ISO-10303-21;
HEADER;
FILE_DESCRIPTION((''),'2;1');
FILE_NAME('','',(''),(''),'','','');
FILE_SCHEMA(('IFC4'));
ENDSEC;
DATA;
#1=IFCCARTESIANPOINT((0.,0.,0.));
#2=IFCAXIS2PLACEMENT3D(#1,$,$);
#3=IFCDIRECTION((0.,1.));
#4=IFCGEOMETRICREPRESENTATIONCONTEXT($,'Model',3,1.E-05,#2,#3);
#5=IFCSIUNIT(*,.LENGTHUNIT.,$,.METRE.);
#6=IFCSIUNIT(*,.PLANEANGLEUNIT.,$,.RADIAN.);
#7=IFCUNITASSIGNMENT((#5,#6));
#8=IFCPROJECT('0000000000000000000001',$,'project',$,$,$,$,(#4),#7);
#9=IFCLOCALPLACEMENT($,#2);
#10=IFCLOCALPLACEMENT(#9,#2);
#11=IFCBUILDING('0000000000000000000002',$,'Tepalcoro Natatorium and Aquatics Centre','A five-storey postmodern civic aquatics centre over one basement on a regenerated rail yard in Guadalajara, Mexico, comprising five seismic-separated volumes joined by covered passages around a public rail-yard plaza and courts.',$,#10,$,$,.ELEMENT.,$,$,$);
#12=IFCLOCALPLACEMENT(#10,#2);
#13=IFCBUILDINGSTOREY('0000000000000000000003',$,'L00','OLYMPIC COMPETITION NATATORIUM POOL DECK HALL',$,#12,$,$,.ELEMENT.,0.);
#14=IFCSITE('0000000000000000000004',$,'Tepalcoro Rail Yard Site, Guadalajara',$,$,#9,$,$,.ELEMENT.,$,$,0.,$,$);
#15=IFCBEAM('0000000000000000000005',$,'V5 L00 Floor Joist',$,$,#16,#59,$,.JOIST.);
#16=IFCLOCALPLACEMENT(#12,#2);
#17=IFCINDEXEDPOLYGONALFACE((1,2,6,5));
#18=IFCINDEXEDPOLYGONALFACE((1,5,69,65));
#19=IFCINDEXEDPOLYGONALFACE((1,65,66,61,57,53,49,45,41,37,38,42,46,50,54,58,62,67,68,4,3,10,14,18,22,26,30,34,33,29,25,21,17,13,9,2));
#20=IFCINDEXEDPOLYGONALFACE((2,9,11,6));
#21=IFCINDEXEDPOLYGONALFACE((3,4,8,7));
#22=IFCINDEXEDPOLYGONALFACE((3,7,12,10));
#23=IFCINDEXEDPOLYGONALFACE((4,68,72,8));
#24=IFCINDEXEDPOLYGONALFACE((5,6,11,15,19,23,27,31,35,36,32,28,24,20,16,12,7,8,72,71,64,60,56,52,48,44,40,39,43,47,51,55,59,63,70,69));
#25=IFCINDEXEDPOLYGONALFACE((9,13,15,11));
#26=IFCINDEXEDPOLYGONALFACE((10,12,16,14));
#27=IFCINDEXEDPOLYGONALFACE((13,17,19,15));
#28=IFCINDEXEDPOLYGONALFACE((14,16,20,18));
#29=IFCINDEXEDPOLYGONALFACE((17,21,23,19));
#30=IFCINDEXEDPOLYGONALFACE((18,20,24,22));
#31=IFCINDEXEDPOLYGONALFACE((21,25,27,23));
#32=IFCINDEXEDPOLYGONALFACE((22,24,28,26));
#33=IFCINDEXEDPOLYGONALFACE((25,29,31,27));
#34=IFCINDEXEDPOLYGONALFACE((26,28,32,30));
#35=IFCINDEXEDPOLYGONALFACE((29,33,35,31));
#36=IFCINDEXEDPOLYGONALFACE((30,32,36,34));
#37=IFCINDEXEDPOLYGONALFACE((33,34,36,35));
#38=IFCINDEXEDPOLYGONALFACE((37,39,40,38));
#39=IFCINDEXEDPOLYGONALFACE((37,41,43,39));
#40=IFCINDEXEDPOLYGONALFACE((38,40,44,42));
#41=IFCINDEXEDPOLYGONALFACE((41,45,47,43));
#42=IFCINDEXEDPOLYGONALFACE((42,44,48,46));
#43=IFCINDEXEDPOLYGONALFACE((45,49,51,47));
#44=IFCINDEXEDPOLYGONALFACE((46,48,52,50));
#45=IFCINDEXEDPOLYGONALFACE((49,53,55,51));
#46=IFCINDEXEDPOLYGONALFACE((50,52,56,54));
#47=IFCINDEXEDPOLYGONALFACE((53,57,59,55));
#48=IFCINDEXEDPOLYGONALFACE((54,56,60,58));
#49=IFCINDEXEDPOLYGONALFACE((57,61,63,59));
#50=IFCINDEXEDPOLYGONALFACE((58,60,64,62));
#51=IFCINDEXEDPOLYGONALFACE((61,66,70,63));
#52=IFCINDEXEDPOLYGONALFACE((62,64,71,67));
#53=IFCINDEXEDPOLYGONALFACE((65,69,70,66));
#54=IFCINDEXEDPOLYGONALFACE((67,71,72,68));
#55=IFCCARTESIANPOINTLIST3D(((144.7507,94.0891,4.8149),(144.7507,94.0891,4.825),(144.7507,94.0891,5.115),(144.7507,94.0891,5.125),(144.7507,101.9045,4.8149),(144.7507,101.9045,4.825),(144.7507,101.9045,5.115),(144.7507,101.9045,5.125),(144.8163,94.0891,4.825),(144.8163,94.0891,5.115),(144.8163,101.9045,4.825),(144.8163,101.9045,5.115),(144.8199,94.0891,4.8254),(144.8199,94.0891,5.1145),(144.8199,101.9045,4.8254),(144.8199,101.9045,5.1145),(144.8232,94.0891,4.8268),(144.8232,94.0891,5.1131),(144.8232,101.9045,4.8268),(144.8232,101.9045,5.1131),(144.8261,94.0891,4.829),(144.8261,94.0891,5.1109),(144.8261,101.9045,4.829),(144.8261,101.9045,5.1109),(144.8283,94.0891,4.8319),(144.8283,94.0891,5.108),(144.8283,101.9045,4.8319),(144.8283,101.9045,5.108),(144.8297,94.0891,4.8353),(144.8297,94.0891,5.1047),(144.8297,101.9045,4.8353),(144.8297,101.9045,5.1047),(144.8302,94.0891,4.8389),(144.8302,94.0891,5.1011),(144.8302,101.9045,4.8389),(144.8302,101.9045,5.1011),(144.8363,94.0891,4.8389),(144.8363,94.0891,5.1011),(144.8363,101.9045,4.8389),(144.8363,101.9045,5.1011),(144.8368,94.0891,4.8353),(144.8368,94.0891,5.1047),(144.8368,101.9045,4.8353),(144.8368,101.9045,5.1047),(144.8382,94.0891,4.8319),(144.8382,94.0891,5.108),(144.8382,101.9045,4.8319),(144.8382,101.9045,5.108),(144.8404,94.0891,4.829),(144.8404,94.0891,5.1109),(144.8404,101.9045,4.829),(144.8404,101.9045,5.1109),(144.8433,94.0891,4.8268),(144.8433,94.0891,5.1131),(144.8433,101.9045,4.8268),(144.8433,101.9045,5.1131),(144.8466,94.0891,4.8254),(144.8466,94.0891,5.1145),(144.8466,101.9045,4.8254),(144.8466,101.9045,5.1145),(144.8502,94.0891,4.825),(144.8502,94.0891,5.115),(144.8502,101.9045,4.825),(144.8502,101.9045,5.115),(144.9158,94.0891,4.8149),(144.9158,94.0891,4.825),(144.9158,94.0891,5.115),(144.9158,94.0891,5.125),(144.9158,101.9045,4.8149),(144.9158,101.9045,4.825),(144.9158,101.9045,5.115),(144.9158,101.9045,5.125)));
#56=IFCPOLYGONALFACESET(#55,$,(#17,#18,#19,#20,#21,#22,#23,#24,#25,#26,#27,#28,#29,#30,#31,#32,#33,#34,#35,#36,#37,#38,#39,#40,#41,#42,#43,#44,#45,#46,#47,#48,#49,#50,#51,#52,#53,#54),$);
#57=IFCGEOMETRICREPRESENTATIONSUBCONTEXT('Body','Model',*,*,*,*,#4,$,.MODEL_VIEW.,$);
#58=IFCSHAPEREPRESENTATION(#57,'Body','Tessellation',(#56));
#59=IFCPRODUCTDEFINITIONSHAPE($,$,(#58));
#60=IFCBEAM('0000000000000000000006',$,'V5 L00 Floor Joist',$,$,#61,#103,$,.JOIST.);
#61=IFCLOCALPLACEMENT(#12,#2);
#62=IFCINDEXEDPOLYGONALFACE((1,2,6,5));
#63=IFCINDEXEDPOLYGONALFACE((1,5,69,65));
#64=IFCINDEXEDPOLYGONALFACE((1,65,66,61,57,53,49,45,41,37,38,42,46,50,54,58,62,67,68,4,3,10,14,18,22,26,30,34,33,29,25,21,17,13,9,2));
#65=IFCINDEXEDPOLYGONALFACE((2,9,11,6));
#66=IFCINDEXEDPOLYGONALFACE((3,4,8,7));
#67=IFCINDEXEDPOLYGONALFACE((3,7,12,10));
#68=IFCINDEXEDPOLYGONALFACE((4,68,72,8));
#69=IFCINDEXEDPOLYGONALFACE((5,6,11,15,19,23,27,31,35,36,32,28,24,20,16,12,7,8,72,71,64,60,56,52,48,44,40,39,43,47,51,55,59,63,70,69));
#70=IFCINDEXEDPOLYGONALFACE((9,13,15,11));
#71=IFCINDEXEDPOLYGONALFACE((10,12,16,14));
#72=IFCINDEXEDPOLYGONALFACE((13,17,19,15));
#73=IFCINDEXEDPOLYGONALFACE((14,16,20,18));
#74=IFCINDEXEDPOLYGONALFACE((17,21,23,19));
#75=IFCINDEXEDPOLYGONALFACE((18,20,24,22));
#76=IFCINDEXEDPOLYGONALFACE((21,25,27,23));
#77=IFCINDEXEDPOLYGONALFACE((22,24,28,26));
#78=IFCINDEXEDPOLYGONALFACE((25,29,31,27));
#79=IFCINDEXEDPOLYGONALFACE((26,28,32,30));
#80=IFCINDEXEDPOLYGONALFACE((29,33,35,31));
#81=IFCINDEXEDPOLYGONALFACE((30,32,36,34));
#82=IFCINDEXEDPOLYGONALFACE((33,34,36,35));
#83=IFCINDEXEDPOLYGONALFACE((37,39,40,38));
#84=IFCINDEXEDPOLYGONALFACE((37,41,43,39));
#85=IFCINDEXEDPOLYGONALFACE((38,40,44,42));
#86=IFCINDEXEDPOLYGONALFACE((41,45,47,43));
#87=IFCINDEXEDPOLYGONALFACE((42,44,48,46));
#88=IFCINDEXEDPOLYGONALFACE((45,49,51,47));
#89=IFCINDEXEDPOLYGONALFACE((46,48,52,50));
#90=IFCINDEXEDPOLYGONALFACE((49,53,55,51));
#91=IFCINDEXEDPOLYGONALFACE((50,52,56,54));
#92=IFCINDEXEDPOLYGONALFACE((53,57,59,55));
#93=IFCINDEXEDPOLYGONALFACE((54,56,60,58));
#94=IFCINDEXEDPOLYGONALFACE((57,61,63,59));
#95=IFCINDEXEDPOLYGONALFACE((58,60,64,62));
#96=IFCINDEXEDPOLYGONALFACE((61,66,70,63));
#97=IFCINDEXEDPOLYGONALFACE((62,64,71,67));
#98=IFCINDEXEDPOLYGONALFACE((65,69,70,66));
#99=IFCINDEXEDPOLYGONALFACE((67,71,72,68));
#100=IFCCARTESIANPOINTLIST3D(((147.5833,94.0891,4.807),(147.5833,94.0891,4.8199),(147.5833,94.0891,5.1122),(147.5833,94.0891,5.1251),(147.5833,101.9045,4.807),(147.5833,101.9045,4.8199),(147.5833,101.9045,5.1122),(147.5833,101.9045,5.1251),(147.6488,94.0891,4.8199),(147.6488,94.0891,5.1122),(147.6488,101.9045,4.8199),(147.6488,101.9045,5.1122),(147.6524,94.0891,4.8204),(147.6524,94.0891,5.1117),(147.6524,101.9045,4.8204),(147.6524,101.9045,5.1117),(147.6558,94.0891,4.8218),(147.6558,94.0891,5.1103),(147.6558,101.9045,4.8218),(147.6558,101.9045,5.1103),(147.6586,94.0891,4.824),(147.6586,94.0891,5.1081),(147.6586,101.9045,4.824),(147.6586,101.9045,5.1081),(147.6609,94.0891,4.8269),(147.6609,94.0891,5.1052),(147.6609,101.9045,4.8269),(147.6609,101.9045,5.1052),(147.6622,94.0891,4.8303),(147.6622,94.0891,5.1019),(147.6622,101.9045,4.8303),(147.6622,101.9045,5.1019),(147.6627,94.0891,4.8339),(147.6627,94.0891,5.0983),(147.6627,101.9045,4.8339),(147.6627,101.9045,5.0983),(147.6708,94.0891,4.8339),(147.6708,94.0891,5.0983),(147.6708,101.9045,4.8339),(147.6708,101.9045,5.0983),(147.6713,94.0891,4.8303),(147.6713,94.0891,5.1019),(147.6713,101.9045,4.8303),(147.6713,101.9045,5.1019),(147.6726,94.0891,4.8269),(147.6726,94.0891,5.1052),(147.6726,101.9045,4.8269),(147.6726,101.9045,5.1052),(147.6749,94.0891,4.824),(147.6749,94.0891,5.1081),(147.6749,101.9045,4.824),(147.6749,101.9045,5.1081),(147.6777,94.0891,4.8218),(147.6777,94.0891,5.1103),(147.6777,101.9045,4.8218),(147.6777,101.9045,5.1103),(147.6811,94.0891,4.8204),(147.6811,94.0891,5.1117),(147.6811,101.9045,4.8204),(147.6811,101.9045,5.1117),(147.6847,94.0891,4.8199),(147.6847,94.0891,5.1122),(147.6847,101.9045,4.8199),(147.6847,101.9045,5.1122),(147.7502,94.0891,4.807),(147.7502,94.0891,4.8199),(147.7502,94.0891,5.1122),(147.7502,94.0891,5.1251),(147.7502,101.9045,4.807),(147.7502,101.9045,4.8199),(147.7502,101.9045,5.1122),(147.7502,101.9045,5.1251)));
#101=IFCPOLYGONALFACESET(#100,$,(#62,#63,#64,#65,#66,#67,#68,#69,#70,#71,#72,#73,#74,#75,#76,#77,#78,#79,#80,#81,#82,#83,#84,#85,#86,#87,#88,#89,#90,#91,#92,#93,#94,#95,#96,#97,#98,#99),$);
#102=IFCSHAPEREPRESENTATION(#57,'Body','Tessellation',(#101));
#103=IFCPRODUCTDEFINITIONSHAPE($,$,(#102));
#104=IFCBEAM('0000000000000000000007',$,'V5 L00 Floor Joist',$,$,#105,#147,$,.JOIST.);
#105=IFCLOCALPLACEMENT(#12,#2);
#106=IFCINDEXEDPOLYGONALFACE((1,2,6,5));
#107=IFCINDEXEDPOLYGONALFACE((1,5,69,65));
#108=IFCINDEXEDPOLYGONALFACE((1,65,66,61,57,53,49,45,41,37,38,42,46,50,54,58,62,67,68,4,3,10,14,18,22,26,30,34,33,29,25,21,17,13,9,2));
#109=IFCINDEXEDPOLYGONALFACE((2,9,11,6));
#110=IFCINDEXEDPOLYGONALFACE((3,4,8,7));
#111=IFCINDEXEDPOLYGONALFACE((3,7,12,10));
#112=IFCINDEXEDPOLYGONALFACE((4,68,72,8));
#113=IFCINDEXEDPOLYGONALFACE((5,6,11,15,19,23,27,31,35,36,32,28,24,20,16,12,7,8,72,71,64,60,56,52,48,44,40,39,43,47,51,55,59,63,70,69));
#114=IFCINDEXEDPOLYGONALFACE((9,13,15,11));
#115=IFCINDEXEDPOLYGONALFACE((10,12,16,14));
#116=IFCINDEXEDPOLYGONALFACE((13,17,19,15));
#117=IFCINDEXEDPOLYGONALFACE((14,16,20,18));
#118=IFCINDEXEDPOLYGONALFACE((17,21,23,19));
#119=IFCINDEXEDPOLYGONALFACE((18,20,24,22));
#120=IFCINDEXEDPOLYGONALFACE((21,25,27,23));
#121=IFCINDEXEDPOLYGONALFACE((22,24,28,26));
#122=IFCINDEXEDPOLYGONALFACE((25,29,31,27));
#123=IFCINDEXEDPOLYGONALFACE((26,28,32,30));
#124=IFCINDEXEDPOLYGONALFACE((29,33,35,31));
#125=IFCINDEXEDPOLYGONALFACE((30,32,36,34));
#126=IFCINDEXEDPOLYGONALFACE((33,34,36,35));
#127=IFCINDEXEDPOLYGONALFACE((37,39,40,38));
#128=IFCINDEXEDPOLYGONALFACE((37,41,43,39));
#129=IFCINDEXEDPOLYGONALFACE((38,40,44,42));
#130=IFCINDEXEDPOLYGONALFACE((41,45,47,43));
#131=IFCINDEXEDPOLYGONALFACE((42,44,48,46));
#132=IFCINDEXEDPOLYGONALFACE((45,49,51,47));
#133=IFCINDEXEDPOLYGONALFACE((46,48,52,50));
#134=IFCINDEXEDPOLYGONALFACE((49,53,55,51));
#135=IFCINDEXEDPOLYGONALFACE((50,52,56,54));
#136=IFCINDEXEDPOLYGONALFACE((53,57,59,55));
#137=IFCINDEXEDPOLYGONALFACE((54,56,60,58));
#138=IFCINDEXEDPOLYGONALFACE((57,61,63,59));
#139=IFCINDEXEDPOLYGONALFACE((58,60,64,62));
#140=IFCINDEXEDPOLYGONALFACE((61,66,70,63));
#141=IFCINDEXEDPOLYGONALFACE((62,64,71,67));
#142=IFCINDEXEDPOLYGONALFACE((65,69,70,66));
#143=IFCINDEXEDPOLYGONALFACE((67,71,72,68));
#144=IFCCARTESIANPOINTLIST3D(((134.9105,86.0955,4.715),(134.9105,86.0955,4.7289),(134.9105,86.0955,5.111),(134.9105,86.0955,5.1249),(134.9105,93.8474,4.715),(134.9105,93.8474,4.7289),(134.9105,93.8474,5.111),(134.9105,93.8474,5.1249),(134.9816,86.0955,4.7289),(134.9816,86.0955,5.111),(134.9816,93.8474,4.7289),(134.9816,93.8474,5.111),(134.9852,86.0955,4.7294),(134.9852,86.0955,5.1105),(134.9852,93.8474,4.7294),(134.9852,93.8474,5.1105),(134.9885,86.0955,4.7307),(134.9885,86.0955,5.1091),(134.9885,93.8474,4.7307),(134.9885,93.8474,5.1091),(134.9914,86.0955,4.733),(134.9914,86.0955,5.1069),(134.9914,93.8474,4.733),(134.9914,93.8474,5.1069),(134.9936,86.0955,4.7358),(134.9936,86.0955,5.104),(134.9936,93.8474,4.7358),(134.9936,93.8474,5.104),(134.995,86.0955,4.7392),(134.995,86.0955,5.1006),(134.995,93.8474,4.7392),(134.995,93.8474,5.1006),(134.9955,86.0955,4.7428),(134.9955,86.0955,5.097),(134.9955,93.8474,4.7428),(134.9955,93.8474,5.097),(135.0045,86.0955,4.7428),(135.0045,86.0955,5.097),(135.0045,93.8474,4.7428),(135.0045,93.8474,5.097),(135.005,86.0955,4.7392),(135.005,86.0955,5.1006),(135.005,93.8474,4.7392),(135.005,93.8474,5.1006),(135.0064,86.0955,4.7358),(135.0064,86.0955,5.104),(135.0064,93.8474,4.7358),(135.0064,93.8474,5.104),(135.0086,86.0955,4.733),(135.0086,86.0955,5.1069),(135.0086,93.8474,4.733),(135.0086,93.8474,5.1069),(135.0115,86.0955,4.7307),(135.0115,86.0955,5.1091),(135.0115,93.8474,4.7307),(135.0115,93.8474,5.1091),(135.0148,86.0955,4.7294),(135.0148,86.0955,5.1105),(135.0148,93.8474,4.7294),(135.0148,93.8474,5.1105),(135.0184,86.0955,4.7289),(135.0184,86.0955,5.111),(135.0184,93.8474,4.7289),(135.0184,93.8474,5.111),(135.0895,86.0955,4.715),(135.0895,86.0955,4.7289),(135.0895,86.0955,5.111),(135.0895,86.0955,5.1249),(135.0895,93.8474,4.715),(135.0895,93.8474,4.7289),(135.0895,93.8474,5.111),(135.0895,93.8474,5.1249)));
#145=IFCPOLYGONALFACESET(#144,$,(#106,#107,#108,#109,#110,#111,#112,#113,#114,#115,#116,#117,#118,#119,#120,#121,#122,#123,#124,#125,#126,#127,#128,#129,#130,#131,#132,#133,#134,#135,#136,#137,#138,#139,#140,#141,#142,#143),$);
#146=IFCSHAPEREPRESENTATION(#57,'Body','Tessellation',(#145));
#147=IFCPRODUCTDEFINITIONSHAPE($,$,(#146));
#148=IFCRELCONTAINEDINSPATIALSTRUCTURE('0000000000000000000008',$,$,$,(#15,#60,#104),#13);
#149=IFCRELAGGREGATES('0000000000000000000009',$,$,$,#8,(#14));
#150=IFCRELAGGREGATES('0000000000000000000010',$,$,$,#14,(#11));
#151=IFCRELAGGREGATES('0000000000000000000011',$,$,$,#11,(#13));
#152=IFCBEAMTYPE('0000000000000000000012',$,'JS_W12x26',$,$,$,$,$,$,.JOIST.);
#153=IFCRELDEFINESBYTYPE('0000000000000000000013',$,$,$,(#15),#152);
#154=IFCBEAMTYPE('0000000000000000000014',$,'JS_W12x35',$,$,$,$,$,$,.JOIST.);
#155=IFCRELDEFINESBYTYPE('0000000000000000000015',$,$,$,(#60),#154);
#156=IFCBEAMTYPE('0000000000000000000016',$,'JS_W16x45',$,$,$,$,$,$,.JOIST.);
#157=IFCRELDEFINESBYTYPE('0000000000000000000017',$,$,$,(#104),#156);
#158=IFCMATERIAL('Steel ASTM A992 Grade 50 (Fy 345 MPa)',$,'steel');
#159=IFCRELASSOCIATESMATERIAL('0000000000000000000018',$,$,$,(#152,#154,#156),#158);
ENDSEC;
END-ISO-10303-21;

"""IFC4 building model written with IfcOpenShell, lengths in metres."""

from ifc_helpers import new_model, si_unit, direction, frame, origin, origin_2d, place, context, subcontext, project, spatial, i_section, extrude, material, material_profile, profile_set, type_object, element, save


model = new_model("IFC4")

# Units and contexts
model_context = context("Model", 3, precision=1e-05, world=origin(), true_north=direction((0.0, 1.0)))
body_context = subcontext(model_context, "Body", "Model", "MODEL_VIEW")
ifc_project = project(units=[si_unit("LENGTHUNIT", "METRE"), si_unit("PLANEANGLEUNIT", "RADIAN")], contexts=[model_context])

# Site, building, storey
site_placement = place(None, origin())
site = spatial("IfcSite", under=ifc_project, at=site_placement, Name="Tepalcoro Rail Yard Site, Guadalajara", CompositionType="ELEMENT", RefElevation=0.0)
building_placement = place(site_placement, origin())
building = spatial("IfcBuilding", under=site, at=building_placement, Name="Tepalcoro Natatorium and Aquatics Centre", Description="A five-storey postmodern civic aquatics centre over one basement on a regenerated rail yard in Guadalajara, Mexico, comprising five seismic-separated volumes joined by covered passages around a public rail-yard plaza and courts.", CompositionType="ELEMENT")
storey_placement = place(building_placement, origin())
storey = spatial("IfcBuildingStorey", under=building, at=storey_placement, Name="L00", Description="OLYMPIC COMPETITION NATATORIUM POOL DECK HALL", CompositionType="ELEMENT", Elevation=0.0)

# Beams
ifc_material_1 = material(Name="Steel ASTM A992 Grade 50 (Fy 345 MPa)", Category="steel")
ifc_material_profile_1 = material_profile(ifc_material_1, i_section(OverallWidth=0.165, OverallDepth=0.3101, WebThickness=0.0061, FlangeThickness=0.01, FilletRadius=0.0139, at=origin_2d()), Name="W12X26")
ifc_profile_set_1 = profile_set([ifc_material_profile_1], Name="Steel ASTM A992 Grade 50 (Fy 345 MPa)")
beam_type_1 = type_object("IfcBeamType", Name="JS_W12x26", PredefinedType="JOIST", material=ifc_profile_set_1)
beam_1_placement = place(storey_placement, frame((144.8333, 94.0891, 4.97), z_axis=(0.0, 1.0, 0.0), x_axis=(-1.0, 0.0, 0.0)))
element("IfcBeam", 1, at=beam_1_placement, inside=storey, type_object=beam_type_1, Name="V5 L00 Floor Joist", PredefinedType="JOIST", context=body_context, shape_type="SweptSolid", body=[
    extrude(i_section(OverallWidth=0.165, OverallDepth=0.3101, WebThickness=0.0061, FlangeThickness=0.01, FilletRadius=0.0139, at=origin_2d()), origin(), (0.0, 0.0, 1.0), 7.8154),
])
ifc_material_profile_2 = material_profile(ifc_material_1, i_section(OverallWidth=0.167, OverallDepth=0.3181, WebThickness=0.0081, FlangeThickness=0.0129, FilletRadius=0.0139, at=origin_2d()), Name="W12X35")
ifc_profile_set_2 = profile_set([ifc_material_profile_2], Name="Steel ASTM A992 Grade 50 (Fy 345 MPa)")
beam_type_2 = type_object("IfcBeamType", Name="JS_W12x35", PredefinedType="JOIST", material=ifc_profile_set_2)
beam_2_placement = place(storey_placement, frame((147.6667, 94.0891, 4.9661), z_axis=(0.0, 1.0, 0.0), x_axis=(-1.0, 0.0, 0.0)))
element("IfcBeam", 2, at=beam_2_placement, inside=storey, type_object=beam_type_2, Name="V5 L00 Floor Joist", PredefinedType="JOIST", context=body_context, shape_type="SweptSolid", body=[
    extrude(i_section(OverallWidth=0.167, OverallDepth=0.3181, WebThickness=0.0081, FlangeThickness=0.0129, FilletRadius=0.0139, at=origin_2d()), origin(), (0.0, 0.0, 1.0), 7.8154),
])
ifc_material_profile_3 = material_profile(ifc_material_1, i_section(OverallWidth=0.179, OverallDepth=0.4099, WebThickness=0.009, FlangeThickness=0.0139, FilletRadius=0.0139, at=origin_2d()), Name="W16X45")
ifc_profile_set_3 = profile_set([ifc_material_profile_3], Name="Steel ASTM A992 Grade 50 (Fy 345 MPa)")
beam_type_3 = type_object("IfcBeamType", Name="JS_W16x45", PredefinedType="JOIST", material=ifc_profile_set_3)
beam_3_placement = place(storey_placement, frame((135.0, 86.0955, 4.9199), z_axis=(0.0, 1.0, 0.0), x_axis=(-1.0, 0.0, 0.0)))
element("IfcBeam", 3, at=beam_3_placement, inside=storey, type_object=beam_type_3, Name="V5 L00 Floor Joist", PredefinedType="JOIST", context=body_context, shape_type="SweptSolid", body=[
    extrude(i_section(OverallWidth=0.179, OverallDepth=0.4099, WebThickness=0.009, FlangeThickness=0.0139, FilletRadius=0.0139, at=origin_2d()), origin(), (0.0, 0.0, 1.0), 7.752),
])

save(model, "model.ifc")
